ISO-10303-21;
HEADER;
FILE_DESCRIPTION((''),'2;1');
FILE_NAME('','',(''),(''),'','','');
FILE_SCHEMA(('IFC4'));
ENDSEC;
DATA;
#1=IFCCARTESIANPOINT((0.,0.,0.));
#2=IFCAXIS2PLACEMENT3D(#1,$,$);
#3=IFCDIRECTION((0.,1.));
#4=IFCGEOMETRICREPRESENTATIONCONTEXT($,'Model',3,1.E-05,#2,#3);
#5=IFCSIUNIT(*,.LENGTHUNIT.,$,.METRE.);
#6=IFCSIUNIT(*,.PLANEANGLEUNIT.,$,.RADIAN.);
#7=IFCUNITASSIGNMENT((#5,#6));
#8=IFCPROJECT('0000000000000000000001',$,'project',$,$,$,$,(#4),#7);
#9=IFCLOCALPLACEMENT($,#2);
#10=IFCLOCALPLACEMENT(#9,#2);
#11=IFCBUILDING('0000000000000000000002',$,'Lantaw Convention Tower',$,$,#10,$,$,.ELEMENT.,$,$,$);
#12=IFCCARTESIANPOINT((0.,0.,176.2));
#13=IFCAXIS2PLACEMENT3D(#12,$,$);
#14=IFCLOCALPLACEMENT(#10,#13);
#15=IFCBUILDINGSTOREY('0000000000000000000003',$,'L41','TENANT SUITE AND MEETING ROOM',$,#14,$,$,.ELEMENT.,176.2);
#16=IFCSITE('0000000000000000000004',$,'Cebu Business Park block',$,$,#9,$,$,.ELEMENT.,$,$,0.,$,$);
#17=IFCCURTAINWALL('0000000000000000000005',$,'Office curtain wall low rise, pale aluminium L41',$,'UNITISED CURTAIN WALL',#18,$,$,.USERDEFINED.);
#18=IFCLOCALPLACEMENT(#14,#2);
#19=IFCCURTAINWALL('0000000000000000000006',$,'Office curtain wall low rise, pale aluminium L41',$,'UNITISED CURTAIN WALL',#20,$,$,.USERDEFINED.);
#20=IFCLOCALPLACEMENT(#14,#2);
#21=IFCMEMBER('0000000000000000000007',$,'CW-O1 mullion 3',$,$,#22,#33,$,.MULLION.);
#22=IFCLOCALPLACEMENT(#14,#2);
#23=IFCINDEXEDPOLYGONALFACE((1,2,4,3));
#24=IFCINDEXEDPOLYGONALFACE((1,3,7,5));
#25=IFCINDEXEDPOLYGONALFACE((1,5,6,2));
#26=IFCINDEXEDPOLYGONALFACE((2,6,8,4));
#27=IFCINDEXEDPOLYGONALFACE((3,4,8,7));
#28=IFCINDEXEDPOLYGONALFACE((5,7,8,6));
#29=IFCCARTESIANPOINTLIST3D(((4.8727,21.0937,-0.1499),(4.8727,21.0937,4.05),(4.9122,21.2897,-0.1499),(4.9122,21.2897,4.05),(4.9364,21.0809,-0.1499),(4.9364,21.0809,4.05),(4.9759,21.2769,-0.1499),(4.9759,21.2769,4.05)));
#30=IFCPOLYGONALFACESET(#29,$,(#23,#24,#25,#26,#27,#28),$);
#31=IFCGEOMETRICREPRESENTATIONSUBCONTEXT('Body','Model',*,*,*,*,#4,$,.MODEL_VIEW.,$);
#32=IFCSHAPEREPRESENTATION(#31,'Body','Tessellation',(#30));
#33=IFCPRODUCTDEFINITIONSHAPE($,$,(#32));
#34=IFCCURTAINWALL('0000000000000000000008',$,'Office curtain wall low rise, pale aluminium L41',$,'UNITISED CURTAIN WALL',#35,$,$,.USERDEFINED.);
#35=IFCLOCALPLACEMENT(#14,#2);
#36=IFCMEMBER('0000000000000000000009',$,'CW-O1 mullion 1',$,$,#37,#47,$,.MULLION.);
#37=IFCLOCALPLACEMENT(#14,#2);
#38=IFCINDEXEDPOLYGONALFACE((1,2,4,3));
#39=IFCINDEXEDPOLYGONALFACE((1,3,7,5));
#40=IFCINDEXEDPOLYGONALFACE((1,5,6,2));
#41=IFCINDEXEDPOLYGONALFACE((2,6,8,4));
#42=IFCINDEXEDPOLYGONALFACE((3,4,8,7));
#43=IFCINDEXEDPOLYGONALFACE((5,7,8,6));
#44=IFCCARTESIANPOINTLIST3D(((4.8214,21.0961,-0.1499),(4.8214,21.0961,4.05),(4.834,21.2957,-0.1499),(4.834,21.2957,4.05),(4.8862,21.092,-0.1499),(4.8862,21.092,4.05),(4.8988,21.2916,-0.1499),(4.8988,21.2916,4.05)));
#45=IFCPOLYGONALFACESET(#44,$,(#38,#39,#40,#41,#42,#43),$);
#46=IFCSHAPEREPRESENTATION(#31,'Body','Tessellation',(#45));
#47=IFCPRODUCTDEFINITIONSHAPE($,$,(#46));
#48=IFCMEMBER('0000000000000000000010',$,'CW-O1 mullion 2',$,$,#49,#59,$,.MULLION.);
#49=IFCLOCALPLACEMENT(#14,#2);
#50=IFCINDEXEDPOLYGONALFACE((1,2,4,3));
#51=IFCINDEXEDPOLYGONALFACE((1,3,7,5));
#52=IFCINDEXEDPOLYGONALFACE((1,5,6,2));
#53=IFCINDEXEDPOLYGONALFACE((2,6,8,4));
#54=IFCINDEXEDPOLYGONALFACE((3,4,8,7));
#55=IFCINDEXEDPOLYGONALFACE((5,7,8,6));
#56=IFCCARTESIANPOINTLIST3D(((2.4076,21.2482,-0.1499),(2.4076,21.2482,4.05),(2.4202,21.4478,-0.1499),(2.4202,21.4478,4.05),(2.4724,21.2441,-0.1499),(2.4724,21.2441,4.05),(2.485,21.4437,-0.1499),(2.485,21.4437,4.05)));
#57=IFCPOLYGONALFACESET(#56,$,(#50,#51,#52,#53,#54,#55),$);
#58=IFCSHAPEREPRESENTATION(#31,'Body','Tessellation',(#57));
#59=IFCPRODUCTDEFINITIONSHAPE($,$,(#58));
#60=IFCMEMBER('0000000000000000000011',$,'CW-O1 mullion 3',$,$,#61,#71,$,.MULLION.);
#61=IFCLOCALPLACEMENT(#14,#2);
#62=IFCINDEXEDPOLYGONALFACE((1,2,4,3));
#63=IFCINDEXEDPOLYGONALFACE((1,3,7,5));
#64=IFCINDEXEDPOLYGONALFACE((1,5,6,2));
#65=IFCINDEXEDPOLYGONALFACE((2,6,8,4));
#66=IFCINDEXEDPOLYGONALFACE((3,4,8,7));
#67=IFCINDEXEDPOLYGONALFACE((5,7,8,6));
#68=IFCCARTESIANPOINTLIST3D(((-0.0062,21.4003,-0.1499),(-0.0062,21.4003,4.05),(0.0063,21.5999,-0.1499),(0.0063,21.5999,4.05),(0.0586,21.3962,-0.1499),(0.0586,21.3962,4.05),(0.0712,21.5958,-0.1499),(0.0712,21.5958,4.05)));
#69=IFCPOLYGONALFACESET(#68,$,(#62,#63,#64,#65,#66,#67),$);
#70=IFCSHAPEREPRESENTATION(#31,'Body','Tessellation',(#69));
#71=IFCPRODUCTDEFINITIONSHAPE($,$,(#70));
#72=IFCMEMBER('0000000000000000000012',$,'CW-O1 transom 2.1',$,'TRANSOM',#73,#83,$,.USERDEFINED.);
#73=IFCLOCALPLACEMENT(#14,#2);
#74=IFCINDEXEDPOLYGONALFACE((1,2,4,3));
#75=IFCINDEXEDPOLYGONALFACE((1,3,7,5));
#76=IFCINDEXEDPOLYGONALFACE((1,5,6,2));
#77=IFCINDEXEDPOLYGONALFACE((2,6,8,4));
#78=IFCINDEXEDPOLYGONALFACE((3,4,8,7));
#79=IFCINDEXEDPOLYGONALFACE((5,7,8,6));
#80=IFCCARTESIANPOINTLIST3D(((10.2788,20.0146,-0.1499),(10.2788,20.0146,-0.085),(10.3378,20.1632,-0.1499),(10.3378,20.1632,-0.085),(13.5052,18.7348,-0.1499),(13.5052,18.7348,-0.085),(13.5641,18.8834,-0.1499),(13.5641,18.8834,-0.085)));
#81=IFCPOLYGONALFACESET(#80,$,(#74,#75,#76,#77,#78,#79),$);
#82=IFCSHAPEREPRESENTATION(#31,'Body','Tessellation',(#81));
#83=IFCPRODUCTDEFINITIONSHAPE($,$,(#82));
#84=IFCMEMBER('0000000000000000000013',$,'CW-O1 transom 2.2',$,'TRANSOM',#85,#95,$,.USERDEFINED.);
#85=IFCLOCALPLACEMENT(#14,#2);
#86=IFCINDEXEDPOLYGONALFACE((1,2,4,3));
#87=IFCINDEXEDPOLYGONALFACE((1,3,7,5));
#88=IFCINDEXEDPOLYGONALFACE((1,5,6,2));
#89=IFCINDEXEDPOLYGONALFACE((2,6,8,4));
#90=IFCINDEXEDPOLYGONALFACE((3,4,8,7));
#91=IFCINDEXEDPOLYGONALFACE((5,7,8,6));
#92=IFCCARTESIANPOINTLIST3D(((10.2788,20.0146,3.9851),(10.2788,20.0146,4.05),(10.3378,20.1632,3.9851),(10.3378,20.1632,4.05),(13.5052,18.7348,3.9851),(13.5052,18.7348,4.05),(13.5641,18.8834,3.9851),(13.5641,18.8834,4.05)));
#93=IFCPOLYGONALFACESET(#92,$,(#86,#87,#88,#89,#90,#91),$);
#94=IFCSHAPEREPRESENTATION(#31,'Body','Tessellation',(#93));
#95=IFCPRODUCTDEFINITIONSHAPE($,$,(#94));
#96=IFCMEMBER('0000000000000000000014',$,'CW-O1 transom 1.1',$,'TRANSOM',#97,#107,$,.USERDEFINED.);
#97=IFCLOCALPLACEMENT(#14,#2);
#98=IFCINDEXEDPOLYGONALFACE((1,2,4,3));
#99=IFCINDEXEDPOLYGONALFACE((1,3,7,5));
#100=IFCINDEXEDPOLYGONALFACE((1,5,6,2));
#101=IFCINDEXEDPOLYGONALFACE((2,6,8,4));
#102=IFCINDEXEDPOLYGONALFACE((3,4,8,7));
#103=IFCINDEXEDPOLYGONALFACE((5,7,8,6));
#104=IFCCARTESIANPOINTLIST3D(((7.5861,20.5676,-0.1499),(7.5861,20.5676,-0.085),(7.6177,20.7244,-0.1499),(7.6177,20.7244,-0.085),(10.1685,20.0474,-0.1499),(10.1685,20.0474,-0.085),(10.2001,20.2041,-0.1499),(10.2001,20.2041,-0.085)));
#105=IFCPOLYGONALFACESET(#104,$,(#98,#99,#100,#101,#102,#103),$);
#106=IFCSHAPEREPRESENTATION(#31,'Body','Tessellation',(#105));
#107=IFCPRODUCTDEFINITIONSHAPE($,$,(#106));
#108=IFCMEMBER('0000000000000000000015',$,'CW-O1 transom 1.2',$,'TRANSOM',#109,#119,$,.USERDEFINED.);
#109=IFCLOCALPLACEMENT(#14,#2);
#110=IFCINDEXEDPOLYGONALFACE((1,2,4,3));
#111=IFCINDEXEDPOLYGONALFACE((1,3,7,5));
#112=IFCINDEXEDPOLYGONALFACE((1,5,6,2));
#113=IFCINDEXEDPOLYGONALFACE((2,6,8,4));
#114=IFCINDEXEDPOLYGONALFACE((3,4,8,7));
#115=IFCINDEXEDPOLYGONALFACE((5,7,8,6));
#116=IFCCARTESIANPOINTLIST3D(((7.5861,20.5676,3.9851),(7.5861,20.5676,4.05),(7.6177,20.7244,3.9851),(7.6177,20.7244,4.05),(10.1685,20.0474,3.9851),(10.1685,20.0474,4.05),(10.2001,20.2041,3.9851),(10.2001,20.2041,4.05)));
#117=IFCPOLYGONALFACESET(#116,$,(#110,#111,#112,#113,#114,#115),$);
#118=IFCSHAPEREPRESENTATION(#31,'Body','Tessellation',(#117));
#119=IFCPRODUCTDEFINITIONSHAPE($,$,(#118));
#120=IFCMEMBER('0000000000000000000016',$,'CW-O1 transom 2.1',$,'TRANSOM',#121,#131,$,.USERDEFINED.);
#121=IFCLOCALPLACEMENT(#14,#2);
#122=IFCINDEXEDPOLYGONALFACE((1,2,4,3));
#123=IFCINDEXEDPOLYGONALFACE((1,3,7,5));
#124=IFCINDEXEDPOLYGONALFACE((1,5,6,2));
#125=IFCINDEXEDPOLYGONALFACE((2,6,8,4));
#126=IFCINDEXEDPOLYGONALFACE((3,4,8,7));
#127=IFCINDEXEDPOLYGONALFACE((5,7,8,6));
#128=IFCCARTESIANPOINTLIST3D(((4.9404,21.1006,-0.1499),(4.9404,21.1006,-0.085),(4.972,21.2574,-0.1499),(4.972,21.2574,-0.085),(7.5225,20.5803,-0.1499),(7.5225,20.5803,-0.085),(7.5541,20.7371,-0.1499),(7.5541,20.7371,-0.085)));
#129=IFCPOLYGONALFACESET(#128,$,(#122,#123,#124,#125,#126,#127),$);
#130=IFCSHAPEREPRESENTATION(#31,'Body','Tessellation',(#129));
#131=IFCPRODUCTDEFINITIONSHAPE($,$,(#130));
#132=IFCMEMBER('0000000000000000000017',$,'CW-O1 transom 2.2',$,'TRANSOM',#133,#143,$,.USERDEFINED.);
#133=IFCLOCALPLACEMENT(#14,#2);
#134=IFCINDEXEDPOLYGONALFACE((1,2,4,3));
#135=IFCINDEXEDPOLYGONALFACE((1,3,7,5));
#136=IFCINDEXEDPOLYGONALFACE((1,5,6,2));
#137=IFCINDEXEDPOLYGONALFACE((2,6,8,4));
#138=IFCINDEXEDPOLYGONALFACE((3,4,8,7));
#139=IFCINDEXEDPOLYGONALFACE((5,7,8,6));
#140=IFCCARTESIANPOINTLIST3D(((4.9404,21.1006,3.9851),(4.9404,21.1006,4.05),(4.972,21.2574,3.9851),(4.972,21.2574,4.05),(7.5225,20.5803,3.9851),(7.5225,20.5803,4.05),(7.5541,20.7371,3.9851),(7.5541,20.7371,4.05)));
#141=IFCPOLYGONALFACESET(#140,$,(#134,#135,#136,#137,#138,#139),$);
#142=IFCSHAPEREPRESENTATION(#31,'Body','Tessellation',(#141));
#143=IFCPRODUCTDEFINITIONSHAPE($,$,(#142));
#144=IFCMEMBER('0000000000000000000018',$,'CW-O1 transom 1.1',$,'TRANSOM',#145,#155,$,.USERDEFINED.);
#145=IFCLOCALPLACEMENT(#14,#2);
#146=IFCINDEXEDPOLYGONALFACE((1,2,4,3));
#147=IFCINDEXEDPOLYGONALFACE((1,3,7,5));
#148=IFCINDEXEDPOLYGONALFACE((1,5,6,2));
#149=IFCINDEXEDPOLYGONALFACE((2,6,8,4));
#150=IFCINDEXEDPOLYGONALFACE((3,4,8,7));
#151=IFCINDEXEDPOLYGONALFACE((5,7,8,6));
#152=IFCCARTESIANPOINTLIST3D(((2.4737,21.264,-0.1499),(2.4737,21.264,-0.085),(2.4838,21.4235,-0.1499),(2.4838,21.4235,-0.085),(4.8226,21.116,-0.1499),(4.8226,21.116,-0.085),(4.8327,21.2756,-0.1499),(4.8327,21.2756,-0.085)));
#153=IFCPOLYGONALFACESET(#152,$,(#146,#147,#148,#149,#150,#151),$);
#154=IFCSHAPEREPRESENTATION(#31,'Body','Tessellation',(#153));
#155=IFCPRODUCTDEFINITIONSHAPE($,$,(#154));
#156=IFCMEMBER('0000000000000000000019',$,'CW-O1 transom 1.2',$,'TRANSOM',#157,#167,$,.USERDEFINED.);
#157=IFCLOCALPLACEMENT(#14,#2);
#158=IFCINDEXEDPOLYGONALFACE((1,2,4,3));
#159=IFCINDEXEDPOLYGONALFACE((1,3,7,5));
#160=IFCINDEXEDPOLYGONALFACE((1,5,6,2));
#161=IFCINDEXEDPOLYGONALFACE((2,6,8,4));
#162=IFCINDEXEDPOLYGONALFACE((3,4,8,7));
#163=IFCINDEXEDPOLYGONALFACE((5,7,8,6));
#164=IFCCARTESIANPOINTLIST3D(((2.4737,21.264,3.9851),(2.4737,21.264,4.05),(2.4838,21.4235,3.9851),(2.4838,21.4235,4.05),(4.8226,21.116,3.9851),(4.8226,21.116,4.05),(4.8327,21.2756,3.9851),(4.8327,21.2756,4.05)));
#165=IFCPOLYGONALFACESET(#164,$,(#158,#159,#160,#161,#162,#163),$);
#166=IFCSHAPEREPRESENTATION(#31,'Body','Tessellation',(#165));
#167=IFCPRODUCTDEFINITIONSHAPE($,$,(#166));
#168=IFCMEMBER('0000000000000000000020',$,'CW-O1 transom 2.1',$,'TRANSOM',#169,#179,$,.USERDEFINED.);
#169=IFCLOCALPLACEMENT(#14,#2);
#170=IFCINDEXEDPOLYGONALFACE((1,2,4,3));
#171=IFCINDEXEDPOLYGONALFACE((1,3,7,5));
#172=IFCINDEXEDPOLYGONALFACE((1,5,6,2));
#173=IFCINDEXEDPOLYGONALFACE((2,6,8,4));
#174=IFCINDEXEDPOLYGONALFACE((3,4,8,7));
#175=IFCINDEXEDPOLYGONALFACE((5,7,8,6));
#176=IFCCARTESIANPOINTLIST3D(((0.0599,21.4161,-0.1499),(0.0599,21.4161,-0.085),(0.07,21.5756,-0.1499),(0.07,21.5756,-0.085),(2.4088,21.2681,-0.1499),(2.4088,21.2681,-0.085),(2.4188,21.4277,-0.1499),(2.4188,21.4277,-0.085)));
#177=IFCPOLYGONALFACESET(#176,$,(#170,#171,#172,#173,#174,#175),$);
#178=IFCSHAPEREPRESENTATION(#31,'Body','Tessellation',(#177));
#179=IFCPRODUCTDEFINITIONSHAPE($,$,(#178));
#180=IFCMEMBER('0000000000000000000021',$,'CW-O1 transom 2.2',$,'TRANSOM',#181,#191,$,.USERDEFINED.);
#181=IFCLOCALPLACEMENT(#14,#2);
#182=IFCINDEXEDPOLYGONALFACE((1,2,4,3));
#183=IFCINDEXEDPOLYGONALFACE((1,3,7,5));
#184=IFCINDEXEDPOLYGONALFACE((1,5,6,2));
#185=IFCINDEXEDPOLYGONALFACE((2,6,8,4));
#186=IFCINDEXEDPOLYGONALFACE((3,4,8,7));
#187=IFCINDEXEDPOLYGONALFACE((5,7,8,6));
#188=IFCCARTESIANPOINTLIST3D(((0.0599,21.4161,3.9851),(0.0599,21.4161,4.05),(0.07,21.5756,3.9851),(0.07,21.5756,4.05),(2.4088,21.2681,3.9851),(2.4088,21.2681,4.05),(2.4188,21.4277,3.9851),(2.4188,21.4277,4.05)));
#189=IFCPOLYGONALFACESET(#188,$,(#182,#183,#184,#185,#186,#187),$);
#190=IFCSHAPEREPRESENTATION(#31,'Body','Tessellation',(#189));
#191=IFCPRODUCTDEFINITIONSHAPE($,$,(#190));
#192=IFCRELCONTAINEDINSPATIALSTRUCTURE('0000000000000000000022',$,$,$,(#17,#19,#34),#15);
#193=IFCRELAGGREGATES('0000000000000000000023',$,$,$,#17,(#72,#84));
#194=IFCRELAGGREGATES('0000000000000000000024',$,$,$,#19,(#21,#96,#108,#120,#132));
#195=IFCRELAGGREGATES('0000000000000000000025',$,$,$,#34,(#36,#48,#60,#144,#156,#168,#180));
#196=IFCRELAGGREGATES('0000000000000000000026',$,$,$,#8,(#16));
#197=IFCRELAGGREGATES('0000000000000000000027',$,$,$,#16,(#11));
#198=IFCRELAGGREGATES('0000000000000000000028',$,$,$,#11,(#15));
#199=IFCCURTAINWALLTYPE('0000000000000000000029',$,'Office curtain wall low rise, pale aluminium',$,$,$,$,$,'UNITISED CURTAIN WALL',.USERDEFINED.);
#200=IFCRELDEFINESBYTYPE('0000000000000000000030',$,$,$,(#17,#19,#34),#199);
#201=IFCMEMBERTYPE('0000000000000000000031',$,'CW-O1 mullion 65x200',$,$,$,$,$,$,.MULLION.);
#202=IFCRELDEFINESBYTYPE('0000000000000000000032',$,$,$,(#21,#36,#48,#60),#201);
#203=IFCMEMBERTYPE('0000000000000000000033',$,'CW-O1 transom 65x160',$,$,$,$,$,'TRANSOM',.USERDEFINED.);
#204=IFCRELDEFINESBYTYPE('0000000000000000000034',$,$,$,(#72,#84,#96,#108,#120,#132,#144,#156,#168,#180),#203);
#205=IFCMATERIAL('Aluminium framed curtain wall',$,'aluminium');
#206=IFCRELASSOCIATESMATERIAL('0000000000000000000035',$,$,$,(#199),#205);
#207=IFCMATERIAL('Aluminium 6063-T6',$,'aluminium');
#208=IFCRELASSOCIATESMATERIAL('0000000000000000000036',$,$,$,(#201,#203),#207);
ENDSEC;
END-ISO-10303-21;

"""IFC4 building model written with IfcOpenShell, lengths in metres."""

from ifc_helpers import new_model, si_unit, direction, frame, origin, origin_2d, place, context, subcontext, project, spatial, rectangle, extrude, material, material_profile, profile_set, type_object, element, aggregate, save


model = new_model("IFC4")

# Units and contexts
model_context = context("Model", 3, precision=1e-05, world=origin(), true_north=direction((0.0, 1.0)))
body_context = subcontext(model_context, "Body", "Model", "MODEL_VIEW")
ifc_project = project(units=[si_unit("LENGTHUNIT", "METRE"), si_unit("PLANEANGLEUNIT", "RADIAN")], contexts=[model_context])

# Site, building, storey
site_placement = place(None, origin())
site = spatial("IfcSite", under=ifc_project, at=site_placement, Name="Cebu Business Park block", CompositionType="ELEMENT", RefElevation=0.0)
building_placement = place(site_placement, origin())
building = spatial("IfcBuilding", under=site, at=building_placement, Name="Lantaw Convention Tower", CompositionType="ELEMENT")
storey_placement = place(building_placement, frame((0.0, 0.0, 176.2)))
storey = spatial("IfcBuildingStorey", under=building, at=storey_placement, Name="L41", Description="TENANT SUITE AND MEETING ROOM", CompositionType="ELEMENT", Elevation=176.2)

# Curtain walls, members
ifc_material_1 = material(Name="Aluminium framed curtain wall", Category="aluminium")
curtain_wall_type = type_object("IfcCurtainWallType", Name="Office curtain wall low rise, pale aluminium", ElementType="UNITISED CURTAIN WALL", PredefinedType="USERDEFINED", material=ifc_material_1)
curtain_wall_1_placement = place(storey_placement, origin())
curtain_wall_1 = element("IfcCurtainWall", 1, at=curtain_wall_1_placement, inside=storey, type_object=curtain_wall_type, Name="Office curtain wall low rise, pale aluminium L41", ObjectType="UNITISED CURTAIN WALL", PredefinedType="USERDEFINED")
ifc_material_2 = material(Name="Aluminium 6063-T6", Category="aluminium")
ifc_material_profile_1 = material_profile(ifc_material_2, rectangle(XDim=0.2, YDim=0.0649, at=origin_2d()), Name="CW-O1 mullion 65x200")
ifc_profile_set_1 = profile_set([ifc_material_profile_1], Name="Aluminium 6063-T6")
member_type_1 = type_object("IfcMemberType", Name="CW-O1 mullion 65x200", PredefinedType="MULLION", material=ifc_profile_set_1)
curtain_wall_2_placement = place(storey_placement, origin())
curtain_wall_2 = element("IfcCurtainWall", 2, at=curtain_wall_2_placement, inside=storey, type_object=curtain_wall_type, Name="Office curtain wall low rise, pale aluminium L41", ObjectType="UNITISED CURTAIN WALL", PredefinedType="USERDEFINED")
member_1_placement = place(storey_placement, frame((4.9243, 21.1853, -0.1499), z_axis=(0.0, 0.0, 1.0), x_axis=(-0.197507, -0.980302, 0.0)))
member_1 = element("IfcMember", 3, at=member_1_placement, type_object=member_type_1, Name="CW-O1 mullion 3", PredefinedType="MULLION", context=body_context, shape_type="SweptSolid", body=[
    extrude(rectangle(XDim=0.2, YDim=0.0649, at=origin_2d()), origin(), (0.0, 0.0, 1.0), 4.2),
])
curtain_wall_3_placement = place(storey_placement, origin())
curtain_wall_3 = element("IfcCurtainWall", 4, at=curtain_wall_3_placement, inside=storey, type_object=curtain_wall_type, Name="Office curtain wall low rise, pale aluminium L41", ObjectType="UNITISED CURTAIN WALL", PredefinedType="USERDEFINED")
member_2_placement = place(storey_placement, frame((4.8601, 21.1938, -0.1499), z_axis=(0.0, 0.0, 1.0), x_axis=(-0.062865, -0.998022, 0.0)))
member_2 = element("IfcMember", 5, at=member_2_placement, type_object=member_type_1, Name="CW-O1 mullion 1", PredefinedType="MULLION", context=body_context, shape_type="SweptSolid", body=[
    extrude(rectangle(XDim=0.2, YDim=0.0649, at=origin_2d()), origin(), (0.0, 0.0, 1.0), 4.2),
])
member_3_placement = place(storey_placement, frame((2.4463, 21.3459, -0.1499), z_axis=(0.0, 0.0, 1.0), x_axis=(-0.062865, -0.998022, 0.0)))
member_3 = element("IfcMember", 6, at=member_3_placement, type_object=member_type_1, Name="CW-O1 mullion 2", PredefinedType="MULLION", context=body_context, shape_type="SweptSolid", body=[
    extrude(rectangle(XDim=0.2, YDim=0.0649, at=origin_2d()), origin(), (0.0, 0.0, 1.0), 4.2),
])
member_4_placement = place(storey_placement, frame((0.0325, 21.498, -0.1499), z_axis=(0.0, 0.0, 1.0), x_axis=(-0.062865, -0.998022, 0.0)))
member_4 = element("IfcMember", 7, at=member_4_placement, type_object=member_type_1, Name="CW-O1 mullion 3", PredefinedType="MULLION", context=body_context, shape_type="SweptSolid", body=[
    extrude(rectangle(XDim=0.2, YDim=0.0649, at=origin_2d()), origin(), (0.0, 0.0, 1.0), 4.2),
])

# Members
ifc_material_profile_2 = material_profile(ifc_material_2, rectangle(XDim=0.1599, YDim=0.0649, at=origin_2d()), Name="CW-O1 transom 65x160")
ifc_profile_set_2 = profile_set([ifc_material_profile_2], Name="Aluminium 6063-T6")
member_type_2 = type_object("IfcMemberType", Name="CW-O1 transom 65x160", ElementType="TRANSOM", PredefinedType="USERDEFINED", material=ifc_profile_set_2)
member_5_placement = place(storey_placement, frame((13.5347, 18.8091, -0.1174), z_axis=(-0.92954, 0.368721, 0.0), x_axis=(-0.368721, -0.92954, 0.0)))
member_5 = element("IfcMember", 8, at=member_5_placement, type_object=member_type_2, Name="CW-O1 transom 2.1", ObjectType="TRANSOM", PredefinedType="USERDEFINED", context=body_context, shape_type="SweptSolid", body=[
    extrude(rectangle(XDim=0.1599, YDim=0.0649, at=origin_2d()), origin(), (0.0, 0.0, 1.0), 3.4709),
])
member_6_placement = place(storey_placement, frame((13.5347, 18.8091, 4.0176), z_axis=(-0.92954, 0.368721, 0.0), x_axis=(-0.368721, -0.92954, 0.0)))
member_6 = element("IfcMember", 9, at=member_6_placement, type_object=member_type_2, Name="CW-O1 transom 2.2", ObjectType="TRANSOM", PredefinedType="USERDEFINED", context=body_context, shape_type="SweptSolid", body=[
    extrude(rectangle(XDim=0.1599, YDim=0.0649, at=origin_2d()), origin(), (0.0, 0.0, 1.0), 3.4709),
])
member_7_placement = place(storey_placement, frame((10.1843, 20.1257, -0.1174), z_axis=(-0.980302, 0.197506, 0.0), x_axis=(-0.197506, -0.980302, 0.0)))
member_7 = element("IfcMember", 10, at=member_7_placement, type_object=member_type_2, Name="CW-O1 transom 1.1", ObjectType="TRANSOM", PredefinedType="USERDEFINED", context=body_context, shape_type="SweptSolid", body=[
    extrude(rectangle(XDim=0.1599, YDim=0.0649, at=origin_2d()), origin(), (0.0, 0.0, 1.0), 2.6343),
])
member_8_placement = place(storey_placement, frame((10.1843, 20.1257, 4.0176), z_axis=(-0.980302, 0.197506, 0.0), x_axis=(-0.197506, -0.980302, 0.0)))
member_8 = element("IfcMember", 11, at=member_8_placement, type_object=member_type_2, Name="CW-O1 transom 1.2", ObjectType="TRANSOM", PredefinedType="USERDEFINED", context=body_context, shape_type="SweptSolid", body=[
    extrude(rectangle(XDim=0.1599, YDim=0.0649, at=origin_2d()), origin(), (0.0, 0.0, 1.0), 2.6343),
])
member_9_placement = place(storey_placement, frame((7.5383, 20.6587, -0.1174), z_axis=(-0.980298, 0.197524, 0.0), x_axis=(-0.197524, -0.980298, 0.0)))
member_9 = element("IfcMember", 12, at=member_9_placement, type_object=member_type_2, Name="CW-O1 transom 2.1", ObjectType="TRANSOM", PredefinedType="USERDEFINED", context=body_context, shape_type="SweptSolid", body=[
    extrude(rectangle(XDim=0.1599, YDim=0.0649, at=origin_2d()), origin(), (0.0, 0.0, 1.0), 2.634),
])
member_10_placement = place(storey_placement, frame((7.5383, 20.6587, 4.0176), z_axis=(-0.980298, 0.197524, 0.0), x_axis=(-0.197524, -0.980298, 0.0)))
member_10 = element("IfcMember", 13, at=member_10_placement, type_object=member_type_2, Name="CW-O1 transom 2.2", ObjectType="TRANSOM", PredefinedType="USERDEFINED", context=body_context, shape_type="SweptSolid", body=[
    extrude(rectangle(XDim=0.1599, YDim=0.0649, at=origin_2d()), origin(), (0.0, 0.0, 1.0), 2.634),
])
member_11_placement = place(storey_placement, frame((4.8276, 21.1958, -0.1174), z_axis=(-0.998022, 0.062863, 0.0), x_axis=(-0.062863, -0.998022, 0.0)))
member_11 = element("IfcMember", 14, at=member_11_placement, type_object=member_type_2, Name="CW-O1 transom 1.1", ObjectType="TRANSOM", PredefinedType="USERDEFINED", context=body_context, shape_type="SweptSolid", body=[
    extrude(rectangle(XDim=0.1599, YDim=0.0649, at=origin_2d()), origin(), (0.0, 0.0, 1.0), 2.3535),
])
member_12_placement = place(storey_placement, frame((4.8276, 21.1958, 4.0176), z_axis=(-0.998022, 0.062863, 0.0), x_axis=(-0.062863, -0.998022, 0.0)))
member_12 = element("IfcMember", 15, at=member_12_placement, type_object=member_type_2, Name="CW-O1 transom 1.2", ObjectType="TRANSOM", PredefinedType="USERDEFINED", context=body_context, shape_type="SweptSolid", body=[
    extrude(rectangle(XDim=0.1599, YDim=0.0649, at=origin_2d()), origin(), (0.0, 0.0, 1.0), 2.3535),
])
member_13_placement = place(storey_placement, frame((2.4138, 21.3479, -0.1174), z_axis=(-0.998022, 0.062863, 0.0), x_axis=(-0.062863, -0.998022, 0.0)))
member_13 = element("IfcMember", 16, at=member_13_placement, type_object=member_type_2, Name="CW-O1 transom 2.1", ObjectType="TRANSOM", PredefinedType="USERDEFINED", context=body_context, shape_type="SweptSolid", body=[
    extrude(rectangle(XDim=0.1599, YDim=0.0649, at=origin_2d()), origin(), (0.0, 0.0, 1.0), 2.3535),
])
member_14_placement = place(storey_placement, frame((2.4138, 21.3479, 4.0176), z_axis=(-0.998022, 0.062863, 0.0), x_axis=(-0.062863, -0.998022, 0.0)))
member_14 = element("IfcMember", 17, at=member_14_placement, type_object=member_type_2, Name="CW-O1 transom 2.2", ObjectType="TRANSOM", PredefinedType="USERDEFINED", context=body_context, shape_type="SweptSolid", body=[
    extrude(rectangle(XDim=0.1599, YDim=0.0649, at=origin_2d()), origin(), (0.0, 0.0, 1.0), 2.3535),
])

aggregate(curtain_wall_1, [member_5, member_6])
aggregate(curtain_wall_2, [member_1, member_7, member_8, member_9, member_10])
aggregate(curtain_wall_3, [member_2, member_3, member_4, member_11, member_12, member_13, member_14])

save(model, "model.ifc")
